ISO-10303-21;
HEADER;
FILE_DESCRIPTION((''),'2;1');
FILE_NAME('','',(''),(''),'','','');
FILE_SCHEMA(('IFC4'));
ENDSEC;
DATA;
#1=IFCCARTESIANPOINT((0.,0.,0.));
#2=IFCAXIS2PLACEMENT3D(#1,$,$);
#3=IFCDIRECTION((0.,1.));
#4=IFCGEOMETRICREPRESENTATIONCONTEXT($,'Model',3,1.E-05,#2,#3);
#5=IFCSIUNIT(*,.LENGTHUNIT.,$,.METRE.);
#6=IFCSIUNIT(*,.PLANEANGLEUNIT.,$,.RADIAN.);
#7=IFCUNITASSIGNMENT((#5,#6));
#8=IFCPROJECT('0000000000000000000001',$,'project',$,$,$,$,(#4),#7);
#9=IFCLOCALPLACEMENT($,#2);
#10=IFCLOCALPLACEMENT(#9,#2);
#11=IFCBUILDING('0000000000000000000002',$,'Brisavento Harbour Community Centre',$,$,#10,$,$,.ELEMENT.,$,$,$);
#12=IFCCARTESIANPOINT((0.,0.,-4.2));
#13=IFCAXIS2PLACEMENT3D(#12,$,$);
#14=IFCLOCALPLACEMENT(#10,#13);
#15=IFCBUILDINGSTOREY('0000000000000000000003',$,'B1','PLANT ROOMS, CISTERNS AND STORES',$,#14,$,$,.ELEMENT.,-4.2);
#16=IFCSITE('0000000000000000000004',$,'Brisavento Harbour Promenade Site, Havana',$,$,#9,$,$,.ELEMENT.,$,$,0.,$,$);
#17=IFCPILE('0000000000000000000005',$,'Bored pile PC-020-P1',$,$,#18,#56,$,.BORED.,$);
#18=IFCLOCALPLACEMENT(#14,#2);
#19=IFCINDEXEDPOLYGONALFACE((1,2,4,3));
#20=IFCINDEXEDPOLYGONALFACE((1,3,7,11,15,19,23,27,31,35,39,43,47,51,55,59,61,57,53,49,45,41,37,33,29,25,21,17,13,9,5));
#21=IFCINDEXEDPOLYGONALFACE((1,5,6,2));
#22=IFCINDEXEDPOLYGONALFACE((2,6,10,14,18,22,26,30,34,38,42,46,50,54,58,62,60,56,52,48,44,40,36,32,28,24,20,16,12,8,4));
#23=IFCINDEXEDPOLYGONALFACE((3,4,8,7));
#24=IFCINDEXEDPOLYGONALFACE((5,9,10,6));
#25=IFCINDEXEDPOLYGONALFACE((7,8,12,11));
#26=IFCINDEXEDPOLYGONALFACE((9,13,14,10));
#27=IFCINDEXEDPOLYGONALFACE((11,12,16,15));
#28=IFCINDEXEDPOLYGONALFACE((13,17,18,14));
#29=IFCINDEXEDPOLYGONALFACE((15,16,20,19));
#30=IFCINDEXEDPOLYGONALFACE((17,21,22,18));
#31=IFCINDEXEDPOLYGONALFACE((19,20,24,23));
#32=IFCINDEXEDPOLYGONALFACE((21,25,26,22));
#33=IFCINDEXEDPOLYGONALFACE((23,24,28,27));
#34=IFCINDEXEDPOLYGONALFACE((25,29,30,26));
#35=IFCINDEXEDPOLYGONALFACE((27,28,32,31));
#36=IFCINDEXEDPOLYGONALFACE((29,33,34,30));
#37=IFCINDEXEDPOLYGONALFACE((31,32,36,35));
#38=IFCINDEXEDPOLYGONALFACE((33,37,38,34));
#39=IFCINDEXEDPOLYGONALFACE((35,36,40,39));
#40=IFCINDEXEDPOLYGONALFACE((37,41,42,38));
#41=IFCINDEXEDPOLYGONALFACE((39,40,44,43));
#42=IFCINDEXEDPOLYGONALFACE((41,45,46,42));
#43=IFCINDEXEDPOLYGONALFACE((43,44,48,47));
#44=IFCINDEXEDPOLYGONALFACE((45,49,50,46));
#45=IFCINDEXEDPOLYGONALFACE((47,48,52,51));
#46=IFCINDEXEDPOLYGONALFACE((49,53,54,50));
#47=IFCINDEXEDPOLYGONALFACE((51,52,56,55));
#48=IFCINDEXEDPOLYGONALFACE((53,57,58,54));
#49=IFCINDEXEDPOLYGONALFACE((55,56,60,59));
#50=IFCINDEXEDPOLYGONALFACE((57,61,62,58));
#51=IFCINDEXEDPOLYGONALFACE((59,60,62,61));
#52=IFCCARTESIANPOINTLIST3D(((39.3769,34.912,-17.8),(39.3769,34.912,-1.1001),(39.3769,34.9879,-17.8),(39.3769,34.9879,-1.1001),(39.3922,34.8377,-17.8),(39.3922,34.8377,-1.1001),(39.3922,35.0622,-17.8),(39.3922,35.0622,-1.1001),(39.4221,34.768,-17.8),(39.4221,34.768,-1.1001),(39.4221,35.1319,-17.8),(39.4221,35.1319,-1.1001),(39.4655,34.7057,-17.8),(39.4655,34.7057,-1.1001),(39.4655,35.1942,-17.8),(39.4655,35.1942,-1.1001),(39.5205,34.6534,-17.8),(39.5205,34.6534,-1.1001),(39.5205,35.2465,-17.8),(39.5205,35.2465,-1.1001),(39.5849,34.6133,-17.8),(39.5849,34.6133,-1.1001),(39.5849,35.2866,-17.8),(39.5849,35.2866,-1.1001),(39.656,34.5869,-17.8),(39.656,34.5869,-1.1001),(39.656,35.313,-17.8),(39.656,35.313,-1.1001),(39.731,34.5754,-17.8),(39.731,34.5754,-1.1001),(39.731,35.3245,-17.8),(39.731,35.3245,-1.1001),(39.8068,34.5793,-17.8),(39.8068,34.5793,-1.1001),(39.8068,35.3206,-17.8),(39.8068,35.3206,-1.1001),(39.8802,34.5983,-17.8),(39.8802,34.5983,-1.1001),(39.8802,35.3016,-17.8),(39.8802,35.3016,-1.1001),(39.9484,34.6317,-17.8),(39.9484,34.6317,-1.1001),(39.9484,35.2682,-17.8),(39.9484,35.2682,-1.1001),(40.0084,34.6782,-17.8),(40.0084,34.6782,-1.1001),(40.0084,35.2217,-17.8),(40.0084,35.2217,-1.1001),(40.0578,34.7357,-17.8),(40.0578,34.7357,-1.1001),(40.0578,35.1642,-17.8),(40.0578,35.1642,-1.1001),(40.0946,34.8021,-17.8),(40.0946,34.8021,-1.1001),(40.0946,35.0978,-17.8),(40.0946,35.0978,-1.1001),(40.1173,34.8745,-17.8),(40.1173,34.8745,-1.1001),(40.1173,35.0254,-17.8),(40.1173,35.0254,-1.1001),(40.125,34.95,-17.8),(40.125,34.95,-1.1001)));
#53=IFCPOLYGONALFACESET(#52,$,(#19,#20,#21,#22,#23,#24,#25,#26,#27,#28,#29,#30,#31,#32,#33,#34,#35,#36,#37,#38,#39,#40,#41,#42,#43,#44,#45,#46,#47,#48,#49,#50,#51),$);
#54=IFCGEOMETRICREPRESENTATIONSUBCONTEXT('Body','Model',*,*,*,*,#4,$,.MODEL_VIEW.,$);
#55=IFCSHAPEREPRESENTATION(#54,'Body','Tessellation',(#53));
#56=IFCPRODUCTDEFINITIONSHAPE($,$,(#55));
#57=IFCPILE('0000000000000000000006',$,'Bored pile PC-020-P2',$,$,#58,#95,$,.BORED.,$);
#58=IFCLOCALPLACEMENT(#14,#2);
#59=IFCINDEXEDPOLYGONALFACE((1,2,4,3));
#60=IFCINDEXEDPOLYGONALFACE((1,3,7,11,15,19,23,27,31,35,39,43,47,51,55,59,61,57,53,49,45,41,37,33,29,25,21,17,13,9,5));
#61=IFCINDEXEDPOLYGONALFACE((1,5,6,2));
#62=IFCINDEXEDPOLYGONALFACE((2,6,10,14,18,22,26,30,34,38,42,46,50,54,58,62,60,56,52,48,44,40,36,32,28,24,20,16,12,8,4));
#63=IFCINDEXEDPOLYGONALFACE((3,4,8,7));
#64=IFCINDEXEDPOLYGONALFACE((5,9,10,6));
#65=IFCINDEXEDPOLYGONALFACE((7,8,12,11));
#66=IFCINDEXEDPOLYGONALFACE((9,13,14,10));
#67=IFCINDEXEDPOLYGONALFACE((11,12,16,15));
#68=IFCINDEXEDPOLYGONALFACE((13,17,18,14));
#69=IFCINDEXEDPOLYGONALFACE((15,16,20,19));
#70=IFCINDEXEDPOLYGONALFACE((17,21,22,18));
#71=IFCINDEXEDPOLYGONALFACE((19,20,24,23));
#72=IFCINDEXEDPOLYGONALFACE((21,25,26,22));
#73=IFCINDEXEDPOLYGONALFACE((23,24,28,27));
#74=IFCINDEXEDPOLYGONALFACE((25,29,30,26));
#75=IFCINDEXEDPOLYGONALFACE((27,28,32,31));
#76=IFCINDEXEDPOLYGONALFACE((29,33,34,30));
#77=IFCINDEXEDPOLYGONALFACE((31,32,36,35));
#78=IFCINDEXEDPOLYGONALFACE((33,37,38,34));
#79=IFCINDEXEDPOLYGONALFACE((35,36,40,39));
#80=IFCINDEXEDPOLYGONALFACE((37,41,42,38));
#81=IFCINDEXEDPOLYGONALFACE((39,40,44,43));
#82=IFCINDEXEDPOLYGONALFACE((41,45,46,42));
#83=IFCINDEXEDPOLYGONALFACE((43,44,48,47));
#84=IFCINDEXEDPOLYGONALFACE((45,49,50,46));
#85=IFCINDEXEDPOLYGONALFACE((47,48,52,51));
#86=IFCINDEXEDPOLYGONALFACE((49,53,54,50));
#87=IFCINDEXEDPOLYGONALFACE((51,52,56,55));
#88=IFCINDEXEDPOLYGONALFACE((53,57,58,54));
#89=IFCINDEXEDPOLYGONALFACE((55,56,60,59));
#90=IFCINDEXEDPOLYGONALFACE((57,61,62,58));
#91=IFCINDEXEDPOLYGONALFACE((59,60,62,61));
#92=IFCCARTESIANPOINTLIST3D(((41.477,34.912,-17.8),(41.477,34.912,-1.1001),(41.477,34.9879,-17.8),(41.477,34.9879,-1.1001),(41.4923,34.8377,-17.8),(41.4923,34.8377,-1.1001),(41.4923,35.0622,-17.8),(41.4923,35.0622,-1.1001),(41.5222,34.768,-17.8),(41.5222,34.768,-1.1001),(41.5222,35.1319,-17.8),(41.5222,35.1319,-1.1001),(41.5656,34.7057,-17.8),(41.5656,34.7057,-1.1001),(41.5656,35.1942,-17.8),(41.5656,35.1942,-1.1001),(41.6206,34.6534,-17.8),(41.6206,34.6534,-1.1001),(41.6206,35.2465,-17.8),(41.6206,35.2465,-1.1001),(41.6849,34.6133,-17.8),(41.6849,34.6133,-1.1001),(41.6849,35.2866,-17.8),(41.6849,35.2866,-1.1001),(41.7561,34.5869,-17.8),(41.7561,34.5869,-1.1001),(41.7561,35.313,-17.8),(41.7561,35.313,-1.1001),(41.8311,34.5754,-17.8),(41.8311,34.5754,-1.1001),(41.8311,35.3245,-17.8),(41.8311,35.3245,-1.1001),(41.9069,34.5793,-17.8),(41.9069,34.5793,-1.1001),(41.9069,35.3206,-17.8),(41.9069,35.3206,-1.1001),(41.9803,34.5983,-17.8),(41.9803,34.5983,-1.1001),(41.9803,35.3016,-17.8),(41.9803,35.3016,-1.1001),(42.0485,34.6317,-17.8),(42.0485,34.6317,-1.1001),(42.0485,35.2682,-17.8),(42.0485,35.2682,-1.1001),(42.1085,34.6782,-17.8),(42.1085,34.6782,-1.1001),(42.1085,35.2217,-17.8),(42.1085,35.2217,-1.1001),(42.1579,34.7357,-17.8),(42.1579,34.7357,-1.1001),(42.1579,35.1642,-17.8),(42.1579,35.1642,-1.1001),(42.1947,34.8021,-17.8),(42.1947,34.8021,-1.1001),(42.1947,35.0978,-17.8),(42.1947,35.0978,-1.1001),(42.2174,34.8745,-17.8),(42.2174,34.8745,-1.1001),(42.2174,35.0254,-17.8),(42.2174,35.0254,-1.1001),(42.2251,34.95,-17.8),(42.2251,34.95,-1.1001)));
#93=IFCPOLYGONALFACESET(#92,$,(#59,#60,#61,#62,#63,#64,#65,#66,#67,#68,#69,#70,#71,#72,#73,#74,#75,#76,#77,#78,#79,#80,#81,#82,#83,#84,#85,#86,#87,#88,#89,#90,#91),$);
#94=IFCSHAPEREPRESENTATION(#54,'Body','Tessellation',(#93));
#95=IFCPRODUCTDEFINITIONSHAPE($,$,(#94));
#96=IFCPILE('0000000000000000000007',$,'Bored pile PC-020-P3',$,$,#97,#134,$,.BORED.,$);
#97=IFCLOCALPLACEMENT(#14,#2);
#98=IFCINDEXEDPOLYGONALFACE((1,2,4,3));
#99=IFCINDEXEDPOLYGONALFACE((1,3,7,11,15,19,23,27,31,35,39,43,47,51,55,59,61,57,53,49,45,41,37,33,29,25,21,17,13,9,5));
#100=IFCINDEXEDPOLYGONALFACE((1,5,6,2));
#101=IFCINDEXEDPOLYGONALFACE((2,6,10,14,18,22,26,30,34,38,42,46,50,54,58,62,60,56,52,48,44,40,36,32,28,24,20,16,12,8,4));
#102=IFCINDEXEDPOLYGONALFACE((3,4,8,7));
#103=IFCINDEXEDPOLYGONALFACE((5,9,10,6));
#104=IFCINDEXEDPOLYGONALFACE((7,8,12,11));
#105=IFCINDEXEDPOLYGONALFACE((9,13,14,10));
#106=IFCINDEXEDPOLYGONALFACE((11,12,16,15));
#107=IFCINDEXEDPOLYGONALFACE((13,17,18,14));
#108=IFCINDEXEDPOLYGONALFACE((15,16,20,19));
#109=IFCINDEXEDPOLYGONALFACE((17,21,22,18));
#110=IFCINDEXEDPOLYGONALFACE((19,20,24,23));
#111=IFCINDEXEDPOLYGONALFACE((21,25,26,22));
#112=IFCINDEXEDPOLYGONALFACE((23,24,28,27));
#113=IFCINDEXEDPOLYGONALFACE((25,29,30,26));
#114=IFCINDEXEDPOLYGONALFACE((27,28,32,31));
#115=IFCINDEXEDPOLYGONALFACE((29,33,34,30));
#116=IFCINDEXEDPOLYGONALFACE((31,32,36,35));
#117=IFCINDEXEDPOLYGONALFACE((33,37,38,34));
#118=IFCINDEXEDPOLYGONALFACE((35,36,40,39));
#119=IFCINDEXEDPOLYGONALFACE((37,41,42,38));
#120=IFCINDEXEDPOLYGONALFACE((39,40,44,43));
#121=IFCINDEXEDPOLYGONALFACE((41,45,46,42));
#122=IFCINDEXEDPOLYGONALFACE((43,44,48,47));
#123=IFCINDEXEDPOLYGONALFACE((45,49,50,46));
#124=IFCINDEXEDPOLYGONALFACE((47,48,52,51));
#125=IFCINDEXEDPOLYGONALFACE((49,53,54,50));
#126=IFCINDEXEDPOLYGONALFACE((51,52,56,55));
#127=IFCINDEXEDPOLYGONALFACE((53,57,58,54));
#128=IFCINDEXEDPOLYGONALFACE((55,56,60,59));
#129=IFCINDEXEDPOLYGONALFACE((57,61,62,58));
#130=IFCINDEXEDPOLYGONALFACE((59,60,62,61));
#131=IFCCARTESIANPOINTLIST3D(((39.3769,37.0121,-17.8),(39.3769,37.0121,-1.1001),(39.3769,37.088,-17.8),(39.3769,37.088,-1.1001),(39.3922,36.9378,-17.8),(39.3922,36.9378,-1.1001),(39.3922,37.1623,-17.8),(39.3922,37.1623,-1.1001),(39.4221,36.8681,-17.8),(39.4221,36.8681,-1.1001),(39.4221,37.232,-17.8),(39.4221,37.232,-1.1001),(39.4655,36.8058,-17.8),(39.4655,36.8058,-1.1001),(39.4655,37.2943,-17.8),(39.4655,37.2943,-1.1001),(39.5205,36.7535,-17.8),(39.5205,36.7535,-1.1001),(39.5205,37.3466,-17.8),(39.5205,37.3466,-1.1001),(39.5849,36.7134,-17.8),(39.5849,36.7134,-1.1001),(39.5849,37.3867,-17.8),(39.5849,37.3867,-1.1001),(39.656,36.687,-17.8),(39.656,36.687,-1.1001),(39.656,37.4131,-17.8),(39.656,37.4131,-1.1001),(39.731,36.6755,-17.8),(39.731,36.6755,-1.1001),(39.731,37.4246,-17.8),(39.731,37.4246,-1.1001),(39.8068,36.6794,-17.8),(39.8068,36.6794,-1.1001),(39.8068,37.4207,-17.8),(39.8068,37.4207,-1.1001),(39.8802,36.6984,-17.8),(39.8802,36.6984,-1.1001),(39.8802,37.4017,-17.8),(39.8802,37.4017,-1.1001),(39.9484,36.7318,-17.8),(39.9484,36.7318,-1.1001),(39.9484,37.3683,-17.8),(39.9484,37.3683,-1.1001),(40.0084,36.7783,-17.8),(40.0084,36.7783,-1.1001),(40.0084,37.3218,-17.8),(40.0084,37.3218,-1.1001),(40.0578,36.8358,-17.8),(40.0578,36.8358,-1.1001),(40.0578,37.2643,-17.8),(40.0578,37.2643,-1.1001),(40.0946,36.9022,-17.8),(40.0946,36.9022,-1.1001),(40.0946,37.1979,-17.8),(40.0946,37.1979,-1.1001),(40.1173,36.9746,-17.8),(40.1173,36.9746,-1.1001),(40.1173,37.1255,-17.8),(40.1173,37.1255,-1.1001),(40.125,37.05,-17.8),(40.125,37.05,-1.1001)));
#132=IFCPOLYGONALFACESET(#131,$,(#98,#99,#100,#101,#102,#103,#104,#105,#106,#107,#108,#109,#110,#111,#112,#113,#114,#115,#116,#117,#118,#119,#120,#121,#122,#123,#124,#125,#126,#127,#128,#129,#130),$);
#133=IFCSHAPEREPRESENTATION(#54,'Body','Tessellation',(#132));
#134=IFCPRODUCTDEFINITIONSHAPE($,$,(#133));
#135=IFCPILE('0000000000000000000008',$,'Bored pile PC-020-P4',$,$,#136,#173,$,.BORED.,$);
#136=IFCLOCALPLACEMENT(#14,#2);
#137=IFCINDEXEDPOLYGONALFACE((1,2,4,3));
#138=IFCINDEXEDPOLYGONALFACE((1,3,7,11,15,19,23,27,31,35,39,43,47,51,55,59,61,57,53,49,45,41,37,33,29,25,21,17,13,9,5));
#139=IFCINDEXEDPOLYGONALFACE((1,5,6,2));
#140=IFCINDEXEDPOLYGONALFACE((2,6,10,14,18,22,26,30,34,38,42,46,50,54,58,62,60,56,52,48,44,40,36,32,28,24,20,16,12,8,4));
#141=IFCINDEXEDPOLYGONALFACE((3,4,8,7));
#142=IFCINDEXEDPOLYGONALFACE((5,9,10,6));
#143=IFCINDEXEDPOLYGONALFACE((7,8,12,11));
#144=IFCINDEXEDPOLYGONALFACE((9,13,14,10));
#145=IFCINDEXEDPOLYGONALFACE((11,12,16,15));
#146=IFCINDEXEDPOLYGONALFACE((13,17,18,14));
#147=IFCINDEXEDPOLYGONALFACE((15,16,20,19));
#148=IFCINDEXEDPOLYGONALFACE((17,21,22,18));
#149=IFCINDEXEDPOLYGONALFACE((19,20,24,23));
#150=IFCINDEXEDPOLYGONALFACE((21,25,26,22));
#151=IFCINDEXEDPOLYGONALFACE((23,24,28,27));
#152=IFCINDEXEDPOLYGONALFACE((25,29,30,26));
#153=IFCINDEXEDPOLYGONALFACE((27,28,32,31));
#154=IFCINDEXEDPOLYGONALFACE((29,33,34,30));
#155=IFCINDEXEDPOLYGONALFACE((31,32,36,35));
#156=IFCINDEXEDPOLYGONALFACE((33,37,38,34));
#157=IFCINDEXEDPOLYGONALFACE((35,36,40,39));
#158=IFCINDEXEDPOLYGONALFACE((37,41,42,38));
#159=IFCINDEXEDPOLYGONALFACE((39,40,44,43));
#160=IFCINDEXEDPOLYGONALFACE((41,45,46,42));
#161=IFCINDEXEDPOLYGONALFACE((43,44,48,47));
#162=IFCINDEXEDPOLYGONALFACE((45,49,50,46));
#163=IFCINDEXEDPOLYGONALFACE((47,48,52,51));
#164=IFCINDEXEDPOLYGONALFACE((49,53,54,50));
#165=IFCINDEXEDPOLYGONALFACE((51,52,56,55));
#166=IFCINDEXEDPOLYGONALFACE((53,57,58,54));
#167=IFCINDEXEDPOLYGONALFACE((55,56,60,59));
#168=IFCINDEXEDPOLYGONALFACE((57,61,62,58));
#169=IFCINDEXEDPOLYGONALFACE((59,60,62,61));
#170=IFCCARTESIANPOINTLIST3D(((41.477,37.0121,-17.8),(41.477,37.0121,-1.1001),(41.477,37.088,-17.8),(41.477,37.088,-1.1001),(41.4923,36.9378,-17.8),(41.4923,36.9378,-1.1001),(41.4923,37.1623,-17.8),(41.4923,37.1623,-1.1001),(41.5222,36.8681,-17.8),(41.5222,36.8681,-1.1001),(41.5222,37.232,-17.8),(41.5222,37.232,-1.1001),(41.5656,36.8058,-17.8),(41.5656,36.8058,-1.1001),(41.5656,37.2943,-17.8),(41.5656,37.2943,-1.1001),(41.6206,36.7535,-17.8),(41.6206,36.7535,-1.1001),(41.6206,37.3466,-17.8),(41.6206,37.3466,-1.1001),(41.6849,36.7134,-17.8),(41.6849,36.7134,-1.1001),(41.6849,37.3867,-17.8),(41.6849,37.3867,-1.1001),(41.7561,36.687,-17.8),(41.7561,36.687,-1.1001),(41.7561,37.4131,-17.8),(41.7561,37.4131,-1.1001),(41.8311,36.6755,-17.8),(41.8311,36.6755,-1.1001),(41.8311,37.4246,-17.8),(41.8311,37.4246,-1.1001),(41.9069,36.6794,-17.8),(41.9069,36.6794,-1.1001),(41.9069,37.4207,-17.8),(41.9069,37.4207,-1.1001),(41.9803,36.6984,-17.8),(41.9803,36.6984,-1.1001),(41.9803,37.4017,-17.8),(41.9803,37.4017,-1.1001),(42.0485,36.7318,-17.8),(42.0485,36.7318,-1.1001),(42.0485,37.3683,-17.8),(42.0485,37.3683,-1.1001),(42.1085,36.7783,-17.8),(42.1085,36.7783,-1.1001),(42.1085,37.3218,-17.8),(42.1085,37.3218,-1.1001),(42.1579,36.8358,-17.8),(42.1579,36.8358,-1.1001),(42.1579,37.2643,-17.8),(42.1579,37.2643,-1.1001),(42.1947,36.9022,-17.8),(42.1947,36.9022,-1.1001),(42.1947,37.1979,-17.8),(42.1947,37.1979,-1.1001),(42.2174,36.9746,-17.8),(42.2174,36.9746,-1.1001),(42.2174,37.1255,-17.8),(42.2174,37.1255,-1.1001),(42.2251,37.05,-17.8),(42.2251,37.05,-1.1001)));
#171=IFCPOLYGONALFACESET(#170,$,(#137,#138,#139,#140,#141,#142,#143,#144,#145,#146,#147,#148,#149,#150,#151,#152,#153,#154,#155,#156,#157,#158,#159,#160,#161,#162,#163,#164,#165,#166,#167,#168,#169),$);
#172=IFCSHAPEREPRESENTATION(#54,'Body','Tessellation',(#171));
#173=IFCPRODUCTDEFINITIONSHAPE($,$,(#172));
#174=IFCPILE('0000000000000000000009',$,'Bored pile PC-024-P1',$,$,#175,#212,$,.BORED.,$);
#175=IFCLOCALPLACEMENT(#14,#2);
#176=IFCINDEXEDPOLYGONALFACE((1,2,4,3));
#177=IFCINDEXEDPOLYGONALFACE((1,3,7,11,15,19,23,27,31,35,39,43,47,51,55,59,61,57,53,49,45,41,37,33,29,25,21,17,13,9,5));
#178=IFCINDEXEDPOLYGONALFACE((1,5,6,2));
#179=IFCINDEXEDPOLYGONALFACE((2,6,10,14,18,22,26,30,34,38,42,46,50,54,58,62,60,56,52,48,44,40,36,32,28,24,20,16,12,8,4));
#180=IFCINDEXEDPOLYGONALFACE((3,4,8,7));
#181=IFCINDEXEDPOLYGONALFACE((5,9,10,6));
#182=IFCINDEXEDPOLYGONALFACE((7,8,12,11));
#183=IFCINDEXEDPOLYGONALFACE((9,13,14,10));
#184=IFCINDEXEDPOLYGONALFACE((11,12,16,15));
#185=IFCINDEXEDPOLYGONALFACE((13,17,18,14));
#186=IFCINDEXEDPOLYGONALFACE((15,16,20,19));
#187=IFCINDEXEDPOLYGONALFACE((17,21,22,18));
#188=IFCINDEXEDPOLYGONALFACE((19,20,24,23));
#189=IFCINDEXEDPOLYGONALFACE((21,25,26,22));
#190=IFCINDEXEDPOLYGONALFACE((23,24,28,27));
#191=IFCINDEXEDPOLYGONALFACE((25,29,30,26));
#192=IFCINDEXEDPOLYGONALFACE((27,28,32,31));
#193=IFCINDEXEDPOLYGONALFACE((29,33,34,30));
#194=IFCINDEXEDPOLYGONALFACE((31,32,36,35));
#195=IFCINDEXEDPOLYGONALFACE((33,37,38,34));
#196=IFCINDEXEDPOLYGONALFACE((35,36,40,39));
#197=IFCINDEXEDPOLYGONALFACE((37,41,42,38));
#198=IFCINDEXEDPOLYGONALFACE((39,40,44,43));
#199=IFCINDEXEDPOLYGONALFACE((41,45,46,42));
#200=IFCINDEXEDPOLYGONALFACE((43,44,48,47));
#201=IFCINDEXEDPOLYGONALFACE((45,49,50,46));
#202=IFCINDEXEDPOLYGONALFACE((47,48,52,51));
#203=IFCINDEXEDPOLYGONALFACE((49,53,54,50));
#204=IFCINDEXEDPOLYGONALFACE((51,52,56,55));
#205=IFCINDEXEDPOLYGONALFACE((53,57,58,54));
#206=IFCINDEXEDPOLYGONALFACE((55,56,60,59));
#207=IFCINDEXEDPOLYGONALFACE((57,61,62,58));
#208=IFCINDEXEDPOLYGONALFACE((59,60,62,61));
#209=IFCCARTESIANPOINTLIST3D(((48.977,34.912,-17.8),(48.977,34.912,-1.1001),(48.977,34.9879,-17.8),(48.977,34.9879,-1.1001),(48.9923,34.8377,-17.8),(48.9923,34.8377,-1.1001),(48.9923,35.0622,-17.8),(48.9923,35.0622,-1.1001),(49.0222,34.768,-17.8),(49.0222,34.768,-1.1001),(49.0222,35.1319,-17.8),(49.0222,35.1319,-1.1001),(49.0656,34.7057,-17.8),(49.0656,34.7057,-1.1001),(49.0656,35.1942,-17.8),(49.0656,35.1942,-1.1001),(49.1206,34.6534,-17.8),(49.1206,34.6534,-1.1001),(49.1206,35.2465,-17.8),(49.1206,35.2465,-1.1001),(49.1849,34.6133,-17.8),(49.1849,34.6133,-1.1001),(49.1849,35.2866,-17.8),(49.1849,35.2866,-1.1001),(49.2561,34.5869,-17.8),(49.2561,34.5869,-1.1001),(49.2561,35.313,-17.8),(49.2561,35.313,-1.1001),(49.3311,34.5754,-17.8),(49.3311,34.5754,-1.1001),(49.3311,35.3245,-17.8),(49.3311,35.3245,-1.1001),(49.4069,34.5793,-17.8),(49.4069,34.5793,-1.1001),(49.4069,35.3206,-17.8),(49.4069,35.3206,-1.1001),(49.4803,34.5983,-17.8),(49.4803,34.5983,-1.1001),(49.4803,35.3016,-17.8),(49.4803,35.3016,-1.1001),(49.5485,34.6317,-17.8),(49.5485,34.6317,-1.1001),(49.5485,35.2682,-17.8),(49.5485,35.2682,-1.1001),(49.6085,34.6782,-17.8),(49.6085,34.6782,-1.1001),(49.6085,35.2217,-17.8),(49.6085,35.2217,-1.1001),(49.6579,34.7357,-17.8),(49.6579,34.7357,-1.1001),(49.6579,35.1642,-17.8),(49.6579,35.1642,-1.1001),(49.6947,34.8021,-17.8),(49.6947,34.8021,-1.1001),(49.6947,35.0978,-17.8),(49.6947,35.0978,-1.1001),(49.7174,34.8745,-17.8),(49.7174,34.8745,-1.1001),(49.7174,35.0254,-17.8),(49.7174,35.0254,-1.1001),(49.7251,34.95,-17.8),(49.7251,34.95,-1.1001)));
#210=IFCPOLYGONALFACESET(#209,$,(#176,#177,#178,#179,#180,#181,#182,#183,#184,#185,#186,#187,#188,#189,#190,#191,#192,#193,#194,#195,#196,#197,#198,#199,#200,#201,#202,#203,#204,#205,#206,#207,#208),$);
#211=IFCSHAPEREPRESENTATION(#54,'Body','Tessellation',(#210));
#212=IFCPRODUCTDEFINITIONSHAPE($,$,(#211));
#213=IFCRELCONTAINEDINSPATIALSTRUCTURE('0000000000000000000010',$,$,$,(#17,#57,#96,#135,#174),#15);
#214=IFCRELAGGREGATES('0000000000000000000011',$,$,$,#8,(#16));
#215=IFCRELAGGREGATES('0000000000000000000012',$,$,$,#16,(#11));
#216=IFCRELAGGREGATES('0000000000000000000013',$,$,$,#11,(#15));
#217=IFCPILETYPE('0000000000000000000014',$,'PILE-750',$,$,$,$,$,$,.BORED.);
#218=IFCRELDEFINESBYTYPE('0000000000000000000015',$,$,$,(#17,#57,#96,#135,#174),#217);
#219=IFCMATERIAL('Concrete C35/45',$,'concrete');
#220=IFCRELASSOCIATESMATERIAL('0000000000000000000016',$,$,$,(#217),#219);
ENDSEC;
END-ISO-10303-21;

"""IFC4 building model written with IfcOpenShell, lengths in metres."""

from ifc_helpers import new_model, si_unit, direction, frame, origin, origin_2d, place, context, subcontext, project, spatial, circle, extrude, material, material_profile, profile_set, type_object, element, save


model = new_model("IFC4")

# Units and contexts
model_context = context("Model", 3, precision=1e-05, world=origin(), true_north=direction((0.0, 1.0)))
body_context = subcontext(model_context, "Body", "Model", "MODEL_VIEW")
ifc_project = project(units=[si_unit("LENGTHUNIT", "METRE"), si_unit("PLANEANGLEUNIT", "RADIAN")], contexts=[model_context])

# Site, building, storey
site_placement = place(None, origin())
site = spatial("IfcSite", under=ifc_project, at=site_placement, Name="Brisavento Harbour Promenade Site, Havana", CompositionType="ELEMENT", RefElevation=0.0)
building_placement = place(site_placement, origin())
building = spatial("IfcBuilding", under=site, at=building_placement, Name="Brisavento Harbour Community Centre", CompositionType="ELEMENT")
storey_placement = place(building_placement, frame((0.0, 0.0, -4.2)))
storey = spatial("IfcBuildingStorey", under=building, at=storey_placement, Name="B1", Description="PLANT ROOMS, CISTERNS AND STORES", CompositionType="ELEMENT", Elevation=-4.2)

# Shared definitions
ifc_material_1 = material(Name="Concrete C35/45", Category="concrete")

# Piles
ifc_material_profile_1 = material_profile(ifc_material_1, circle(Radius=0.375, at=origin_2d()), Name="Concrete C35/45")
ifc_profile_set_1 = profile_set([ifc_material_profile_1], Name="Concrete C35/45")
pile_type_1 = type_object("IfcPileType", Name="PILE-750", PredefinedType="BORED", material=ifc_profile_set_1)
for number, where, z_axis, x_axis, name in (
    (1, (39.75, 34.95, -1.1001), (0.0, 0.0, -1.0), (1.0, 0.0, 0.0), "Bored pile PC-020-P1"),
    (2, (41.8501, 34.95, -1.1001), (0.0, 0.0, -1.0), (1.0, 0.0, 0.0), "Bored pile PC-020-P2"),
    (3, (39.75, 37.05, -1.1001), (0.0, 0.0, -1.0), (1.0, 0.0, 0.0), "Bored pile PC-020-P3"),
    (4, (41.8501, 37.05, -1.1001), (0.0, 0.0, -1.0), (1.0, 0.0, 0.0), "Bored pile PC-020-P4"),
    (5, (49.3501, 34.95, -1.1001), (0.0, 0.0, -1.0), (1.0, 0.0, 0.0), "Bored pile PC-024-P1"),
):
    element("IfcPile", number, at=place(storey_placement, frame(where, z_axis=z_axis, x_axis=x_axis)), inside=storey, type_object=pile_type_1, Name=name, PredefinedType="BORED", context=body_context, shape_type="SweptSolid", body=[
        extrude(circle(Radius=0.375, at=origin_2d()), origin(), (0.0, 0.0, 1.0), 16.7),
    ])

save(model, "model.ifc")
